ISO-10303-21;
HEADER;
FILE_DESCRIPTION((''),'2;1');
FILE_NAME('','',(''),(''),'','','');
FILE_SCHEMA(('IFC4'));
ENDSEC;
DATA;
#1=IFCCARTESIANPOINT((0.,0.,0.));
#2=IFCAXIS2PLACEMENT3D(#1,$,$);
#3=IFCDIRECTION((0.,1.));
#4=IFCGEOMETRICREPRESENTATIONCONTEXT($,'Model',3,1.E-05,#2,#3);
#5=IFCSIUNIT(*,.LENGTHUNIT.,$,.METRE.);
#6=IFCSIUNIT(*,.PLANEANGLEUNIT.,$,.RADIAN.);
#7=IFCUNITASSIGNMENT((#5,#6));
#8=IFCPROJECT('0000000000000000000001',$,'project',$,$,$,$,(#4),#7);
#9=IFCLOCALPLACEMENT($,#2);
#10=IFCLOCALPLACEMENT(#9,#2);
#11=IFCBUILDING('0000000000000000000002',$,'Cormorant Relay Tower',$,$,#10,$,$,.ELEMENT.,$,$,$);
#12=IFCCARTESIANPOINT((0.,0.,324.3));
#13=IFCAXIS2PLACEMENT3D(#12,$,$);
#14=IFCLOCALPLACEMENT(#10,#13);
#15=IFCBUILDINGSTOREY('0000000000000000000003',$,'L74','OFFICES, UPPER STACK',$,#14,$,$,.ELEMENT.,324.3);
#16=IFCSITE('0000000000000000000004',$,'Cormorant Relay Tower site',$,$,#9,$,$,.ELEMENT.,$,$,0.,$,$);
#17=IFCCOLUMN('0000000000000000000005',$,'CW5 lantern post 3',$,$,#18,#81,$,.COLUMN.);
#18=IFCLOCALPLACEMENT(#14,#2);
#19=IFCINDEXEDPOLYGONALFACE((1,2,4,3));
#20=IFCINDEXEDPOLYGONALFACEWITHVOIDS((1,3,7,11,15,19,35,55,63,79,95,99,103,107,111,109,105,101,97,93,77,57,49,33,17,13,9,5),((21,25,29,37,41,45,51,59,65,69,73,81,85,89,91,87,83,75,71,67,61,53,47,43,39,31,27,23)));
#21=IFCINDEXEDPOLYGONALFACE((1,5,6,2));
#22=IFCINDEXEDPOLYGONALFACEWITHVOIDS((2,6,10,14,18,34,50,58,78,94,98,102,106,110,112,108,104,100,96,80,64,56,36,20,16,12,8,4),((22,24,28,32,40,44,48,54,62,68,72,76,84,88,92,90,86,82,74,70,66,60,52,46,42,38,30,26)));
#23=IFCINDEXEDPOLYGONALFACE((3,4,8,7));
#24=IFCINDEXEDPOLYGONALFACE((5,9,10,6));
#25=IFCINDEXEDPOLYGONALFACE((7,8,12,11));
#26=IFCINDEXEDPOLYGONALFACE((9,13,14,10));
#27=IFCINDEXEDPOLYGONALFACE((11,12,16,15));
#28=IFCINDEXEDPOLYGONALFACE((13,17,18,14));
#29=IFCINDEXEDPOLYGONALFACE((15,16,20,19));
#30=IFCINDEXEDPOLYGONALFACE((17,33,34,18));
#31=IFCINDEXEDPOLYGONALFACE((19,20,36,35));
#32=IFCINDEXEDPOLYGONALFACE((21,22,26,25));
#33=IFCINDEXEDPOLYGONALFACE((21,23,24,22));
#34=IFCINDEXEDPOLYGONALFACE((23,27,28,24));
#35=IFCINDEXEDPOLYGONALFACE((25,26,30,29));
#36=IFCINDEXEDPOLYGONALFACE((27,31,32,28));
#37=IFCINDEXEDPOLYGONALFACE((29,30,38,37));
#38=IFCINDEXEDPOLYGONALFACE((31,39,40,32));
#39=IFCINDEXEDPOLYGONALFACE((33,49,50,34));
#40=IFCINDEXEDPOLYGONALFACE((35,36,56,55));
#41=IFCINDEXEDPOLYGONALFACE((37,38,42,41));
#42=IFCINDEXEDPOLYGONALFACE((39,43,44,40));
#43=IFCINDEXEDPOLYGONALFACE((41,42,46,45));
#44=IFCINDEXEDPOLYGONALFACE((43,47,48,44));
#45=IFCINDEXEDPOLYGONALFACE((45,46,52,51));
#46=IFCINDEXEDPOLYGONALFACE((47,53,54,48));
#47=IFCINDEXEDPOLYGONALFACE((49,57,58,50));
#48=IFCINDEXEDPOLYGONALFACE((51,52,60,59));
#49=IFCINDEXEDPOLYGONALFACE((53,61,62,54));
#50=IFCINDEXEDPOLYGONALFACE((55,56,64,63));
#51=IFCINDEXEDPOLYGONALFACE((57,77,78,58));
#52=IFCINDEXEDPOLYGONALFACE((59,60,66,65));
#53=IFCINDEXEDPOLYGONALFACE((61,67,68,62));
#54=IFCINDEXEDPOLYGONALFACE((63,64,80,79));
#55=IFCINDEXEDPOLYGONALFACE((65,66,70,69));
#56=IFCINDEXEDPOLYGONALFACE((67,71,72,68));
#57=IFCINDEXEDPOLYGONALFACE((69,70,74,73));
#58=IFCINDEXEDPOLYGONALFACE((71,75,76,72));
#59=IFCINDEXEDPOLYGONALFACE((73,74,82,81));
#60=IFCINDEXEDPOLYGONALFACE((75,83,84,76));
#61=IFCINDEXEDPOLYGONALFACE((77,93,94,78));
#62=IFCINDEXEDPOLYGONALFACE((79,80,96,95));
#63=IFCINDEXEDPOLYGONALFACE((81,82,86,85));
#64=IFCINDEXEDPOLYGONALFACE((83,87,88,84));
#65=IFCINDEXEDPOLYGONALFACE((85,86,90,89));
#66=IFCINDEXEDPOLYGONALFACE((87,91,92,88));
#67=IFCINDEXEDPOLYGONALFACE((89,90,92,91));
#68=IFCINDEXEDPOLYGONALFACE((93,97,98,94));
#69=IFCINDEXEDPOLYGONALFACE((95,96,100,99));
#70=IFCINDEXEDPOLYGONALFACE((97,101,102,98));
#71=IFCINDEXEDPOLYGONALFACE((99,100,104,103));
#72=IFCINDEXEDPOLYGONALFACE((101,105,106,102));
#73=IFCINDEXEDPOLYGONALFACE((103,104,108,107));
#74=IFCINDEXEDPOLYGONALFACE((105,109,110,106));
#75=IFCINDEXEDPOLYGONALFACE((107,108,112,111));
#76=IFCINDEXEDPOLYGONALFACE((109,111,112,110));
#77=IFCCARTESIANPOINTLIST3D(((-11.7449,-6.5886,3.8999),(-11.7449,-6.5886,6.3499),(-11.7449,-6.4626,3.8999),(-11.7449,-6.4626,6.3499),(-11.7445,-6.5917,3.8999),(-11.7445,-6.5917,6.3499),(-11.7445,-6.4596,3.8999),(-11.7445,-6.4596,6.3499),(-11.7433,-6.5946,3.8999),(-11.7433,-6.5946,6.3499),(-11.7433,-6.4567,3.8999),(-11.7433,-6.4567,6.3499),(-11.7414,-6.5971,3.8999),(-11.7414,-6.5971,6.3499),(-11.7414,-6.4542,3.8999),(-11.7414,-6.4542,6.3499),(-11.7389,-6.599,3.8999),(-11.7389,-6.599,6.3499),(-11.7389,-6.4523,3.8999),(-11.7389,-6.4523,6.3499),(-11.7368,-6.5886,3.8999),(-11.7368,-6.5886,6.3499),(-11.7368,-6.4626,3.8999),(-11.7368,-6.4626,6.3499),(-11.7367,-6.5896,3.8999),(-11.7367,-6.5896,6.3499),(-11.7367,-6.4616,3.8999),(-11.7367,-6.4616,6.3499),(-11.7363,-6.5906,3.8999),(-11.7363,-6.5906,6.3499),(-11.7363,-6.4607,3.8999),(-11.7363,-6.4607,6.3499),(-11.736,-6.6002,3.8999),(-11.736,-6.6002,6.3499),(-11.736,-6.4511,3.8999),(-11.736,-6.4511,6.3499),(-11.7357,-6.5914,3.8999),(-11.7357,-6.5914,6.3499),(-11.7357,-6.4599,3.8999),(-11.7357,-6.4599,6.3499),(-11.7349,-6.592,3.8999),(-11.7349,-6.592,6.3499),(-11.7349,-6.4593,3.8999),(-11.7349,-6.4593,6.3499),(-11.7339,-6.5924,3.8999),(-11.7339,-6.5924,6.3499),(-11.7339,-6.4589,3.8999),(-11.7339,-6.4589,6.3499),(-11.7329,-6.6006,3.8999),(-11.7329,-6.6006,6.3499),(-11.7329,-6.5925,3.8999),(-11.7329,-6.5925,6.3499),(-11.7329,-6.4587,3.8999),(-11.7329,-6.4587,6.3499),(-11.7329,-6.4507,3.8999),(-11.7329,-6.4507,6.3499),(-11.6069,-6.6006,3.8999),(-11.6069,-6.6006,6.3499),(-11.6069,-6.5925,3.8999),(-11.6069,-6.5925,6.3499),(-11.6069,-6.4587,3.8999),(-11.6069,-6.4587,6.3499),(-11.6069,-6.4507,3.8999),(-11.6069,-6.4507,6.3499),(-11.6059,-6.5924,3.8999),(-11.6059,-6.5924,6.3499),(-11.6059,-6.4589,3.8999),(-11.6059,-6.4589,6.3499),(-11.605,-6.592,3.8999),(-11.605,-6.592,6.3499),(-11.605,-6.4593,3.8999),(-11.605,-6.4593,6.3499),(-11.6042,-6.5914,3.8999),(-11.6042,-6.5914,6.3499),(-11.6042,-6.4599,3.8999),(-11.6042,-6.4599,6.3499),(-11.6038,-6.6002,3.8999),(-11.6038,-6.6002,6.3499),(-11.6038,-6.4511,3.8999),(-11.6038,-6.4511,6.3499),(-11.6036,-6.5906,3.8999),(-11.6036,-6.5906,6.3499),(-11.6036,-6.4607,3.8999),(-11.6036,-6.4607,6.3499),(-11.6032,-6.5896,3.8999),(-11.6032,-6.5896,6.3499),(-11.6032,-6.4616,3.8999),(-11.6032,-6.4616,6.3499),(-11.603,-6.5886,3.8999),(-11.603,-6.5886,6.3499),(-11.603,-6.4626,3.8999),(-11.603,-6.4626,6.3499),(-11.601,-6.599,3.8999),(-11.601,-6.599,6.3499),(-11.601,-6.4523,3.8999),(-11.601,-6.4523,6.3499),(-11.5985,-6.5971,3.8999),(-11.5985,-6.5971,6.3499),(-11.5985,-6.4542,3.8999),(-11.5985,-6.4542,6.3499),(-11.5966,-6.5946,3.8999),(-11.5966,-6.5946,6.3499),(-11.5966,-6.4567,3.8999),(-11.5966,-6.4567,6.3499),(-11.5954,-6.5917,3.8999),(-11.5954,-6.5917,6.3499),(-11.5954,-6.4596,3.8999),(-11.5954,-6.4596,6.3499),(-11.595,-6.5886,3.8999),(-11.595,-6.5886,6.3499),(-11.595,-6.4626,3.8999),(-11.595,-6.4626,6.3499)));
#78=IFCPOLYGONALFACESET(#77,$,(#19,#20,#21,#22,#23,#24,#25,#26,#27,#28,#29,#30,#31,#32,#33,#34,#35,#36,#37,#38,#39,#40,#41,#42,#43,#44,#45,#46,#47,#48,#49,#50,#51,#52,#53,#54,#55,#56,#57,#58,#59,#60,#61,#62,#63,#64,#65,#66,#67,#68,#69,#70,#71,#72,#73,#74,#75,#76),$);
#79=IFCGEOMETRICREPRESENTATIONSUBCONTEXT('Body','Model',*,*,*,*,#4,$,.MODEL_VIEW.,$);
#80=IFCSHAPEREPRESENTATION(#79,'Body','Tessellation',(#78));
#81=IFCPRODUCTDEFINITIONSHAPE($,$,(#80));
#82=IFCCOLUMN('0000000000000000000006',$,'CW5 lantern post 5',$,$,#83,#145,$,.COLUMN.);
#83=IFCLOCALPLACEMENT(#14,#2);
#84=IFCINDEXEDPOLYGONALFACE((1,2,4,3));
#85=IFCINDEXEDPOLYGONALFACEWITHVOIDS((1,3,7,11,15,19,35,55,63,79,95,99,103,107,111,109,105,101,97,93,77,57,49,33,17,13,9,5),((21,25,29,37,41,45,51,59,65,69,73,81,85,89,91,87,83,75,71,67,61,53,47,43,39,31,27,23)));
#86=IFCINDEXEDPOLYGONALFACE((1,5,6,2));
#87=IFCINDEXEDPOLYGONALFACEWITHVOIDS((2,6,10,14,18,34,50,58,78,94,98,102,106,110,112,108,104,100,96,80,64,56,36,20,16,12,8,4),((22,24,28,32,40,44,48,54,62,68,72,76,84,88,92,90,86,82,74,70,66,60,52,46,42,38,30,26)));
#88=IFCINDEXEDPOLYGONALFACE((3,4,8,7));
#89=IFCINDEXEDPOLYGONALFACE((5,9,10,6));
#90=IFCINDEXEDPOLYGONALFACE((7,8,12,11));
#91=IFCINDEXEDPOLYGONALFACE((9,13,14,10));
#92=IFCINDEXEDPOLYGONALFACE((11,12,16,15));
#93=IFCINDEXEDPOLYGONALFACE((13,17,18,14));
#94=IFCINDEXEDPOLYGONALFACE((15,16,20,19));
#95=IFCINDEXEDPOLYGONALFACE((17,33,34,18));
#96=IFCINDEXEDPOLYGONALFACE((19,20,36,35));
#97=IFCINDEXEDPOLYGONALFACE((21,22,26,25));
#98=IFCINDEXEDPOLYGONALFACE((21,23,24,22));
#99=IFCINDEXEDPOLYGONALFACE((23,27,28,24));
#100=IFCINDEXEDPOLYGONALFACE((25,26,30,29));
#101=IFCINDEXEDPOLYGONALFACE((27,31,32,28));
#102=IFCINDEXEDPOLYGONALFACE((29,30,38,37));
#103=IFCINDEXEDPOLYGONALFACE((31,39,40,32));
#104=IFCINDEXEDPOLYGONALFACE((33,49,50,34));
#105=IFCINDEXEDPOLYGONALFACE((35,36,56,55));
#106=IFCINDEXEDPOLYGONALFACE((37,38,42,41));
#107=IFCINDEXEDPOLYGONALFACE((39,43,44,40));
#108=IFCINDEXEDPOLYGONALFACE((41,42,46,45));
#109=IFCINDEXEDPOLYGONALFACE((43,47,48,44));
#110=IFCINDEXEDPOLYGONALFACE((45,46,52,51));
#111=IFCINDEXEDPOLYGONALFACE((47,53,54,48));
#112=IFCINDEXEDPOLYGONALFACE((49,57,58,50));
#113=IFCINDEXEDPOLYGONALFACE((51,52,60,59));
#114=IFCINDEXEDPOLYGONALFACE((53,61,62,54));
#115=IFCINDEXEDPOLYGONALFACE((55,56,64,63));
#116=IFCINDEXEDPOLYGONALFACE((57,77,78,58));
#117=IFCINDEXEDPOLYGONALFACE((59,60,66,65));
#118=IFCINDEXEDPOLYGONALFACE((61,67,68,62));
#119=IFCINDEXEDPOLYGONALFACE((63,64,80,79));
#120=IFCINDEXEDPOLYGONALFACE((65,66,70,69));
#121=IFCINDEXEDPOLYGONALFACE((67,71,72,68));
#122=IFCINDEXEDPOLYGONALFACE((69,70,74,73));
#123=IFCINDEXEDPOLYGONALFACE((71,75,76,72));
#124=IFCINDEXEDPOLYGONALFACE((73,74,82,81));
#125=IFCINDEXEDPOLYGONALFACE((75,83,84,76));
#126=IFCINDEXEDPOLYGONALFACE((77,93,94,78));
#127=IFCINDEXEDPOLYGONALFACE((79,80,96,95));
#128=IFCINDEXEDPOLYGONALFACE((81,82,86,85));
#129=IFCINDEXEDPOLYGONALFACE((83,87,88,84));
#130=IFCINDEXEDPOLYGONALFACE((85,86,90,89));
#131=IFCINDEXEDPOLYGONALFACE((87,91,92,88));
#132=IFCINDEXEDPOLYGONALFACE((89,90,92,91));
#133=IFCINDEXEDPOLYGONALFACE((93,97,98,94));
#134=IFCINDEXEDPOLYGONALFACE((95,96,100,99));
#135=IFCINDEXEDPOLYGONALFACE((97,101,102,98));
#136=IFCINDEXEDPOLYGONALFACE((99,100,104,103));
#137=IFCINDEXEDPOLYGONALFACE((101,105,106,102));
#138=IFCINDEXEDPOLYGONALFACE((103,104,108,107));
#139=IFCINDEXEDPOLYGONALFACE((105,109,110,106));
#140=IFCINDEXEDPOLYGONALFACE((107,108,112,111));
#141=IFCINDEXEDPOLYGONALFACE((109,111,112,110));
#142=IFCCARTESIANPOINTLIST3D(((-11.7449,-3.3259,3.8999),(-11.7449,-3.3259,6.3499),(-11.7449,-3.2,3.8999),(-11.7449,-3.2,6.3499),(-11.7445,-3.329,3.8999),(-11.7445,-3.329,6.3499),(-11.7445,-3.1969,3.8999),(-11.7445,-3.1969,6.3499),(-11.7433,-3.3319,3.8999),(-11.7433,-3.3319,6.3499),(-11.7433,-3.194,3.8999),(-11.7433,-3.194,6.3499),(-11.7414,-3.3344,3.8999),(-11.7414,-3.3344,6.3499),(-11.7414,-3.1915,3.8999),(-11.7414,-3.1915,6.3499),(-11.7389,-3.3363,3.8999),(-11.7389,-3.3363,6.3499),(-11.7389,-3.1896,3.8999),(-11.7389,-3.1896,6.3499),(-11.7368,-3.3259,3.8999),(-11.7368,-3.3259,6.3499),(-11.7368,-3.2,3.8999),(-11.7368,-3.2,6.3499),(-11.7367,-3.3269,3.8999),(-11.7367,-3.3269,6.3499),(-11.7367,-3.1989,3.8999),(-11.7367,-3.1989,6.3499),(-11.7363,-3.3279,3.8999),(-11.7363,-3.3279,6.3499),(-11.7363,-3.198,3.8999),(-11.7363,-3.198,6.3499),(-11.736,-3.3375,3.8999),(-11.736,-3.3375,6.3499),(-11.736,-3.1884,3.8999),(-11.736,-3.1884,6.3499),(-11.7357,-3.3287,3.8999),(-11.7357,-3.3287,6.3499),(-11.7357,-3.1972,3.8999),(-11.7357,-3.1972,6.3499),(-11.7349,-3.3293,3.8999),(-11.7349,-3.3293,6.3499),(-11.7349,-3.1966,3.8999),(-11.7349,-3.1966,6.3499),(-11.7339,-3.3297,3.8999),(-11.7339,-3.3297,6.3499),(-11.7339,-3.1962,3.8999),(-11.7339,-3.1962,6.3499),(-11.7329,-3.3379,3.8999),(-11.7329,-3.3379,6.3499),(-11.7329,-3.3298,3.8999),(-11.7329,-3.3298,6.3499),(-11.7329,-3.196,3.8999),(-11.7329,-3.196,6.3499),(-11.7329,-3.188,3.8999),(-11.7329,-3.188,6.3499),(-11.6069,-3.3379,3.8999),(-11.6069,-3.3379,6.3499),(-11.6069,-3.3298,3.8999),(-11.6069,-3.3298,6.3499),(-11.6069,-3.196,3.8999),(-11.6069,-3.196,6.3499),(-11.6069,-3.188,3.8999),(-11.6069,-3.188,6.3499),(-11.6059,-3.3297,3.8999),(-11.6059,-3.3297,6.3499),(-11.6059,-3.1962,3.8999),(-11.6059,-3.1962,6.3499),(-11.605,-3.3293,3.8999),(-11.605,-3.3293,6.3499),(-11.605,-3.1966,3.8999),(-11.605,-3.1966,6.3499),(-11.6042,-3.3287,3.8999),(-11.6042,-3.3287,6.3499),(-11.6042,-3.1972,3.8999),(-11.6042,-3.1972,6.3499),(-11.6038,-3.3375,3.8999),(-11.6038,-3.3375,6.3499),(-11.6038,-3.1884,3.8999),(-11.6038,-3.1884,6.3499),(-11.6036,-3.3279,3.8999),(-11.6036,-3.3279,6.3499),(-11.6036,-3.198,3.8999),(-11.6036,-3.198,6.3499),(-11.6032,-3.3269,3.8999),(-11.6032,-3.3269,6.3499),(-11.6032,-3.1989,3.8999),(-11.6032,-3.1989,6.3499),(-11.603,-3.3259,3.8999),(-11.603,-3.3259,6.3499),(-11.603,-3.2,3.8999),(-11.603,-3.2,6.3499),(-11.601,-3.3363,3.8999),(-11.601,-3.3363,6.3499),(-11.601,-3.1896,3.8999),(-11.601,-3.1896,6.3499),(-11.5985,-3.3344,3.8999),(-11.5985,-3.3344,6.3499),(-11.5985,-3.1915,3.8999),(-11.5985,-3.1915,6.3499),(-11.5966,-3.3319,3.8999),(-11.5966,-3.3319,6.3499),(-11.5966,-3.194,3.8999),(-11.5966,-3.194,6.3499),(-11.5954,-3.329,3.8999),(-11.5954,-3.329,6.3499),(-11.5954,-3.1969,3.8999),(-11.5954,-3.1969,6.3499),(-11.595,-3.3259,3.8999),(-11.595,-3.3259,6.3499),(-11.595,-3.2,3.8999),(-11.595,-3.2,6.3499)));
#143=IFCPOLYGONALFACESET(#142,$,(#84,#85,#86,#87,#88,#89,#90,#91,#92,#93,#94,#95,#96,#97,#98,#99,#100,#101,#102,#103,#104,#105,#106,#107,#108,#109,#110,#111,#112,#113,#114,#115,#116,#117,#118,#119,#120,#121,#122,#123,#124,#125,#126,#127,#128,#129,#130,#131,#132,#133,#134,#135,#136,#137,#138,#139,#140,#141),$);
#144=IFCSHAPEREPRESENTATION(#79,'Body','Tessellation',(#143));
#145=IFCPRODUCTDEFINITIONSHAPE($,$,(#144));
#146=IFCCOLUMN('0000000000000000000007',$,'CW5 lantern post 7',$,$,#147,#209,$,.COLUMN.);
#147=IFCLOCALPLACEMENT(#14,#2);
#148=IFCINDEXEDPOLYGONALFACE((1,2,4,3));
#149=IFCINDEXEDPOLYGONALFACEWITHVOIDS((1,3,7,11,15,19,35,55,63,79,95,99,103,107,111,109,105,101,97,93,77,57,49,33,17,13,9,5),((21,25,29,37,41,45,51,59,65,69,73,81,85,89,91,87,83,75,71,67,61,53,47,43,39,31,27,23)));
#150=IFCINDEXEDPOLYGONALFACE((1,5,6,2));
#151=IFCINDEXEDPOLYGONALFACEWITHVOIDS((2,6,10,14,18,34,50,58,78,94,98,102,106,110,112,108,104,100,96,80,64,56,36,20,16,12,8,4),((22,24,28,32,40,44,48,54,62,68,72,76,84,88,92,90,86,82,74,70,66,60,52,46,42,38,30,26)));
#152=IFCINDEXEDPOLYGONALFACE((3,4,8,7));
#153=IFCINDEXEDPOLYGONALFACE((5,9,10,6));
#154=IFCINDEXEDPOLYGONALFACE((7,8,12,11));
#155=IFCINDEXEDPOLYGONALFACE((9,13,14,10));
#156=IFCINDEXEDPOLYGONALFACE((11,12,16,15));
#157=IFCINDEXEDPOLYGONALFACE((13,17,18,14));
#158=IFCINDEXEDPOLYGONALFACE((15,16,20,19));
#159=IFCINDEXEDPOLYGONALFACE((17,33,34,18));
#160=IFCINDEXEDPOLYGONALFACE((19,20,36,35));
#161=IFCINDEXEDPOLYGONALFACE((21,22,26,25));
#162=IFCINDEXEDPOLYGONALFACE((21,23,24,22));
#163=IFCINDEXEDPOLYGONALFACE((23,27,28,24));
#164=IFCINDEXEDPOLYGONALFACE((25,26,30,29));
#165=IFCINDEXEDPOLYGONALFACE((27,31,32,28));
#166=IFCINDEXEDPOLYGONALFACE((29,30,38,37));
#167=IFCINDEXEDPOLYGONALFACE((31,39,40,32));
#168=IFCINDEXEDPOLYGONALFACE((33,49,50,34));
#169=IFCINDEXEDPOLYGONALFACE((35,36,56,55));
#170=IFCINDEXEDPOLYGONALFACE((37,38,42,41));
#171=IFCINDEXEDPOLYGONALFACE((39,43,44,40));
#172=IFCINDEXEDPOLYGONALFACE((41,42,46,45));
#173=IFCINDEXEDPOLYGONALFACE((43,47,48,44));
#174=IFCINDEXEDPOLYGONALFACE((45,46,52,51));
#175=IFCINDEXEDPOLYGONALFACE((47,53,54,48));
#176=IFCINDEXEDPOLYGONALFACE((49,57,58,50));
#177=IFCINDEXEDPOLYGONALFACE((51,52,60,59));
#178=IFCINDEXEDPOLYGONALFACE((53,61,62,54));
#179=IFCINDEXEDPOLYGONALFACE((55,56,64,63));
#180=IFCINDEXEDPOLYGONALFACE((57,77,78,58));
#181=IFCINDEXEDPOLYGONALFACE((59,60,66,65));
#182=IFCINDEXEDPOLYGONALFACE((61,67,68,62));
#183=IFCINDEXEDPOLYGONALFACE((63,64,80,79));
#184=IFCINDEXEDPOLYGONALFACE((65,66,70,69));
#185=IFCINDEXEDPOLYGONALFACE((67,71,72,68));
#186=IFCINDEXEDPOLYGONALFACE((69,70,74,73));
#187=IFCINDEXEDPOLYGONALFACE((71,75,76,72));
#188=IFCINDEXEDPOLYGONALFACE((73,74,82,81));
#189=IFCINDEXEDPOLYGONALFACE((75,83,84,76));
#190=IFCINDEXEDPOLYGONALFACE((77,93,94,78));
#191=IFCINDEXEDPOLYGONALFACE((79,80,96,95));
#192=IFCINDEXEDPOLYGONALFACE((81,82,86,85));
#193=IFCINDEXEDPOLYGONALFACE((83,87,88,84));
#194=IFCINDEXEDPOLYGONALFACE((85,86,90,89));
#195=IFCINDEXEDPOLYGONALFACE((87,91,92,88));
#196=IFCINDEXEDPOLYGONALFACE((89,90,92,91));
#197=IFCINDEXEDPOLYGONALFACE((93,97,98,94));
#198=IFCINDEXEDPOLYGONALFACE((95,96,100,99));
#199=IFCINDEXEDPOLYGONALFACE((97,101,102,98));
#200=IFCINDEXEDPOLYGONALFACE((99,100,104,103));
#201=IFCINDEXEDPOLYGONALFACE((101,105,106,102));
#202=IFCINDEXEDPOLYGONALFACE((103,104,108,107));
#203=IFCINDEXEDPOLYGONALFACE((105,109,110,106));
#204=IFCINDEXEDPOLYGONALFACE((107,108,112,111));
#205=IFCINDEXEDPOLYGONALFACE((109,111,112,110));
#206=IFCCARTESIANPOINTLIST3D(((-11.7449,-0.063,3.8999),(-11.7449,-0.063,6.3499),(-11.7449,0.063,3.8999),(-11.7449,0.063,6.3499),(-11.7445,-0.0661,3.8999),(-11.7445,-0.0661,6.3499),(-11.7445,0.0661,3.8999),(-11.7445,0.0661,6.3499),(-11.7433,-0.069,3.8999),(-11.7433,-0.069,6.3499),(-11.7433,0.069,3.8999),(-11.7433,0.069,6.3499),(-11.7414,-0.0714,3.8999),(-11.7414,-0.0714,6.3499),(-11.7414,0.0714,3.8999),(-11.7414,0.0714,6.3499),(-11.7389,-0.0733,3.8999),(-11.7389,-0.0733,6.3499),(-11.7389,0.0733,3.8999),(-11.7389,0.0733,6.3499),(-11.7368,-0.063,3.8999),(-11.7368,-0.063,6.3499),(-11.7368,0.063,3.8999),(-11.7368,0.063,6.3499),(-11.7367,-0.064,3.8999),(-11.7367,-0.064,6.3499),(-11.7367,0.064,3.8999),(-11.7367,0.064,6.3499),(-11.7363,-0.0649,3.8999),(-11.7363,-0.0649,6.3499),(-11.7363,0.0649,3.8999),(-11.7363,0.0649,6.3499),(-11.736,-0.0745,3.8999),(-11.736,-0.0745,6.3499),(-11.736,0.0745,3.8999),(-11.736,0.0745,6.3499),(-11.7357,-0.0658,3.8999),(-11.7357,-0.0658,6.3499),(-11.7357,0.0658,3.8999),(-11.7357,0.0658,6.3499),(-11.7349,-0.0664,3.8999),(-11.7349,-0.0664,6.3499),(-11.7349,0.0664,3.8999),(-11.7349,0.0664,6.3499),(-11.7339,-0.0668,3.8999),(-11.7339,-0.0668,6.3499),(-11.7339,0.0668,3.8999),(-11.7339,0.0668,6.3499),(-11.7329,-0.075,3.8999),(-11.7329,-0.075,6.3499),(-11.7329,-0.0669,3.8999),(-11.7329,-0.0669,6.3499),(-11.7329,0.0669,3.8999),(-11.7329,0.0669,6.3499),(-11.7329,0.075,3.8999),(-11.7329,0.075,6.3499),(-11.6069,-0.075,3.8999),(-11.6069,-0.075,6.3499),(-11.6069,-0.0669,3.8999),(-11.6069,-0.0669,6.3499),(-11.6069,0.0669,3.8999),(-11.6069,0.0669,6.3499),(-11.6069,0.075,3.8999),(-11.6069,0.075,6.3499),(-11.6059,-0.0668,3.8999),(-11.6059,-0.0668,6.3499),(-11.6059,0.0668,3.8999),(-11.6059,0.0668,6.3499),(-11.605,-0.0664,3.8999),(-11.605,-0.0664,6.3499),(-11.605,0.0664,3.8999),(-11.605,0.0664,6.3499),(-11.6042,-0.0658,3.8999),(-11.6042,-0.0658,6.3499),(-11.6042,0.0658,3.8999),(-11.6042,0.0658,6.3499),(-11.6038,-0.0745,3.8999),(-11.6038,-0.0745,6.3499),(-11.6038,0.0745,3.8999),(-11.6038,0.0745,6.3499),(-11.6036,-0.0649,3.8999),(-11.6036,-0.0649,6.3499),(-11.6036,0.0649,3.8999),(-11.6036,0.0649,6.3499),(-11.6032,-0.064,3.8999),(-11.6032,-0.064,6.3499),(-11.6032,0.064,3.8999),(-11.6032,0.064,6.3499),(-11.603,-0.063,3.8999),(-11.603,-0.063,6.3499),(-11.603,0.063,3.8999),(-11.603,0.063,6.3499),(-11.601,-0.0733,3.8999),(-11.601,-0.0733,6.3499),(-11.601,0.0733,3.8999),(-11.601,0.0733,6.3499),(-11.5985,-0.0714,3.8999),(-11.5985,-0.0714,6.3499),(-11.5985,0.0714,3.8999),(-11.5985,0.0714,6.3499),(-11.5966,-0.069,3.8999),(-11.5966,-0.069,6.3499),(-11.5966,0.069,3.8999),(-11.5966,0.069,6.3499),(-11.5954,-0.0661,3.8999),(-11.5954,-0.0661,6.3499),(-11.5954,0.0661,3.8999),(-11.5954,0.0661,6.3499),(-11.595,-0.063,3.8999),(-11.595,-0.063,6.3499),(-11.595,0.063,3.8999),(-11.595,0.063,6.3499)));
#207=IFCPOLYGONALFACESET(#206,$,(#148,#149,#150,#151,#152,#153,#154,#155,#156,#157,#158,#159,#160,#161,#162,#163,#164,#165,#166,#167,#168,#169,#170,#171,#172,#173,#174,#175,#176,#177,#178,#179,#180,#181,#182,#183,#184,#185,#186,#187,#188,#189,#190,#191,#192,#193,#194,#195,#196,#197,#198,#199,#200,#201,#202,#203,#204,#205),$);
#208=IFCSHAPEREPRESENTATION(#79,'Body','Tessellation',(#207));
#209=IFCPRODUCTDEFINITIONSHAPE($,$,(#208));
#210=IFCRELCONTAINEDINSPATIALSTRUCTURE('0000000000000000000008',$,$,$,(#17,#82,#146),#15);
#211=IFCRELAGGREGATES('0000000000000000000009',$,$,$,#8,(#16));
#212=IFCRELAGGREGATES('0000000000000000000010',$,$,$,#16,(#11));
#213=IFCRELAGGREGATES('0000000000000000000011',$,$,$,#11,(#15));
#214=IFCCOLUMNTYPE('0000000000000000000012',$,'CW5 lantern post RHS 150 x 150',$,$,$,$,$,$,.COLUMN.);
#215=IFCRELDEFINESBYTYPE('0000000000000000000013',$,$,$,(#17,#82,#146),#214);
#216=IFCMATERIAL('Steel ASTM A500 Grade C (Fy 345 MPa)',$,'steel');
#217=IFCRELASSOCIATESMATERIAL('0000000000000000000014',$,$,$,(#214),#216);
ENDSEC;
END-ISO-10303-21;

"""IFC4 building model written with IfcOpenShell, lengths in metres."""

from ifc_helpers import new_model, si_unit, direction, frame, origin, origin_2d, place, context, subcontext, project, spatial, hollow_rectangle, extrude, material, material_profile, profile_set, type_object, element, save


model = new_model("IFC4")

# Units and contexts
model_context = context("Model", 3, precision=1e-05, world=origin(), true_north=direction((0.0, 1.0)))
body_context = subcontext(model_context, "Body", "Model", "MODEL_VIEW")
ifc_project = project(units=[si_unit("LENGTHUNIT", "METRE"), si_unit("PLANEANGLEUNIT", "RADIAN")], contexts=[model_context])

# Site, building, storey
site_placement = place(None, origin())
site = spatial("IfcSite", under=ifc_project, at=site_placement, Name="Cormorant Relay Tower site", CompositionType="ELEMENT", RefElevation=0.0)
building_placement = place(site_placement, origin())
building = spatial("IfcBuilding", under=site, at=building_placement, Name="Cormorant Relay Tower", CompositionType="ELEMENT")
storey_placement = place(building_placement, frame((0.0, 0.0, 324.3)))
storey = spatial("IfcBuildingStorey", under=building, at=storey_placement, Name="L74", Description="OFFICES, UPPER STACK", CompositionType="ELEMENT", Elevation=324.3)

# Columns
ifc_material_1 = material(Name="Steel ASTM A500 Grade C (Fy 345 MPa)", Category="steel")
ifc_material_profile_1 = material_profile(ifc_material_1, hollow_rectangle(XDim=0.1499, YDim=0.1499, WallThickness=0.0081, InnerFilletRadius=0.0039, OuterFilletRadius=0.012, at=origin_2d()), Name="RHS150x150x8")
ifc_profile_set_1 = profile_set([ifc_material_profile_1], Name="Steel ASTM A500 Grade C (Fy 345 MPa)")
column_type_1 = type_object("IfcColumnType", Name="CW5 lantern post RHS 150 x 150", PredefinedType="COLUMN", material=ifc_profile_set_1)
for number, where, z_axis, x_axis, name in (
    (1, (-11.6699, -6.5256, 3.8999), (0.0, 0.0, 1.0), (1.0, 0.0, 0.0), "CW5 lantern post 3"),
    (2, (-11.6699, -3.2629, 3.8999), (0.0, 0.0, 1.0), (1.0, 0.0, 0.0), "CW5 lantern post 5"),
    (3, (-11.6699, 0.0, 3.8999), (0.0, 0.0, 1.0), (1.0, 0.0, 0.0), "CW5 lantern post 7"),
):
    element("IfcColumn", number, at=place(storey_placement, frame(where, z_axis=z_axis, x_axis=x_axis)), inside=storey, type_object=column_type_1, Name=name, PredefinedType="COLUMN", context=body_context, shape_type="SweptSolid", body=[
        extrude(hollow_rectangle(XDim=0.1499, YDim=0.1499, WallThickness=0.0081, InnerFilletRadius=0.0039, OuterFilletRadius=0.012, at=origin_2d()), origin(), (0.0, 0.0, 1.0), 2.45),
    ])

save(model, "model.ifc")
